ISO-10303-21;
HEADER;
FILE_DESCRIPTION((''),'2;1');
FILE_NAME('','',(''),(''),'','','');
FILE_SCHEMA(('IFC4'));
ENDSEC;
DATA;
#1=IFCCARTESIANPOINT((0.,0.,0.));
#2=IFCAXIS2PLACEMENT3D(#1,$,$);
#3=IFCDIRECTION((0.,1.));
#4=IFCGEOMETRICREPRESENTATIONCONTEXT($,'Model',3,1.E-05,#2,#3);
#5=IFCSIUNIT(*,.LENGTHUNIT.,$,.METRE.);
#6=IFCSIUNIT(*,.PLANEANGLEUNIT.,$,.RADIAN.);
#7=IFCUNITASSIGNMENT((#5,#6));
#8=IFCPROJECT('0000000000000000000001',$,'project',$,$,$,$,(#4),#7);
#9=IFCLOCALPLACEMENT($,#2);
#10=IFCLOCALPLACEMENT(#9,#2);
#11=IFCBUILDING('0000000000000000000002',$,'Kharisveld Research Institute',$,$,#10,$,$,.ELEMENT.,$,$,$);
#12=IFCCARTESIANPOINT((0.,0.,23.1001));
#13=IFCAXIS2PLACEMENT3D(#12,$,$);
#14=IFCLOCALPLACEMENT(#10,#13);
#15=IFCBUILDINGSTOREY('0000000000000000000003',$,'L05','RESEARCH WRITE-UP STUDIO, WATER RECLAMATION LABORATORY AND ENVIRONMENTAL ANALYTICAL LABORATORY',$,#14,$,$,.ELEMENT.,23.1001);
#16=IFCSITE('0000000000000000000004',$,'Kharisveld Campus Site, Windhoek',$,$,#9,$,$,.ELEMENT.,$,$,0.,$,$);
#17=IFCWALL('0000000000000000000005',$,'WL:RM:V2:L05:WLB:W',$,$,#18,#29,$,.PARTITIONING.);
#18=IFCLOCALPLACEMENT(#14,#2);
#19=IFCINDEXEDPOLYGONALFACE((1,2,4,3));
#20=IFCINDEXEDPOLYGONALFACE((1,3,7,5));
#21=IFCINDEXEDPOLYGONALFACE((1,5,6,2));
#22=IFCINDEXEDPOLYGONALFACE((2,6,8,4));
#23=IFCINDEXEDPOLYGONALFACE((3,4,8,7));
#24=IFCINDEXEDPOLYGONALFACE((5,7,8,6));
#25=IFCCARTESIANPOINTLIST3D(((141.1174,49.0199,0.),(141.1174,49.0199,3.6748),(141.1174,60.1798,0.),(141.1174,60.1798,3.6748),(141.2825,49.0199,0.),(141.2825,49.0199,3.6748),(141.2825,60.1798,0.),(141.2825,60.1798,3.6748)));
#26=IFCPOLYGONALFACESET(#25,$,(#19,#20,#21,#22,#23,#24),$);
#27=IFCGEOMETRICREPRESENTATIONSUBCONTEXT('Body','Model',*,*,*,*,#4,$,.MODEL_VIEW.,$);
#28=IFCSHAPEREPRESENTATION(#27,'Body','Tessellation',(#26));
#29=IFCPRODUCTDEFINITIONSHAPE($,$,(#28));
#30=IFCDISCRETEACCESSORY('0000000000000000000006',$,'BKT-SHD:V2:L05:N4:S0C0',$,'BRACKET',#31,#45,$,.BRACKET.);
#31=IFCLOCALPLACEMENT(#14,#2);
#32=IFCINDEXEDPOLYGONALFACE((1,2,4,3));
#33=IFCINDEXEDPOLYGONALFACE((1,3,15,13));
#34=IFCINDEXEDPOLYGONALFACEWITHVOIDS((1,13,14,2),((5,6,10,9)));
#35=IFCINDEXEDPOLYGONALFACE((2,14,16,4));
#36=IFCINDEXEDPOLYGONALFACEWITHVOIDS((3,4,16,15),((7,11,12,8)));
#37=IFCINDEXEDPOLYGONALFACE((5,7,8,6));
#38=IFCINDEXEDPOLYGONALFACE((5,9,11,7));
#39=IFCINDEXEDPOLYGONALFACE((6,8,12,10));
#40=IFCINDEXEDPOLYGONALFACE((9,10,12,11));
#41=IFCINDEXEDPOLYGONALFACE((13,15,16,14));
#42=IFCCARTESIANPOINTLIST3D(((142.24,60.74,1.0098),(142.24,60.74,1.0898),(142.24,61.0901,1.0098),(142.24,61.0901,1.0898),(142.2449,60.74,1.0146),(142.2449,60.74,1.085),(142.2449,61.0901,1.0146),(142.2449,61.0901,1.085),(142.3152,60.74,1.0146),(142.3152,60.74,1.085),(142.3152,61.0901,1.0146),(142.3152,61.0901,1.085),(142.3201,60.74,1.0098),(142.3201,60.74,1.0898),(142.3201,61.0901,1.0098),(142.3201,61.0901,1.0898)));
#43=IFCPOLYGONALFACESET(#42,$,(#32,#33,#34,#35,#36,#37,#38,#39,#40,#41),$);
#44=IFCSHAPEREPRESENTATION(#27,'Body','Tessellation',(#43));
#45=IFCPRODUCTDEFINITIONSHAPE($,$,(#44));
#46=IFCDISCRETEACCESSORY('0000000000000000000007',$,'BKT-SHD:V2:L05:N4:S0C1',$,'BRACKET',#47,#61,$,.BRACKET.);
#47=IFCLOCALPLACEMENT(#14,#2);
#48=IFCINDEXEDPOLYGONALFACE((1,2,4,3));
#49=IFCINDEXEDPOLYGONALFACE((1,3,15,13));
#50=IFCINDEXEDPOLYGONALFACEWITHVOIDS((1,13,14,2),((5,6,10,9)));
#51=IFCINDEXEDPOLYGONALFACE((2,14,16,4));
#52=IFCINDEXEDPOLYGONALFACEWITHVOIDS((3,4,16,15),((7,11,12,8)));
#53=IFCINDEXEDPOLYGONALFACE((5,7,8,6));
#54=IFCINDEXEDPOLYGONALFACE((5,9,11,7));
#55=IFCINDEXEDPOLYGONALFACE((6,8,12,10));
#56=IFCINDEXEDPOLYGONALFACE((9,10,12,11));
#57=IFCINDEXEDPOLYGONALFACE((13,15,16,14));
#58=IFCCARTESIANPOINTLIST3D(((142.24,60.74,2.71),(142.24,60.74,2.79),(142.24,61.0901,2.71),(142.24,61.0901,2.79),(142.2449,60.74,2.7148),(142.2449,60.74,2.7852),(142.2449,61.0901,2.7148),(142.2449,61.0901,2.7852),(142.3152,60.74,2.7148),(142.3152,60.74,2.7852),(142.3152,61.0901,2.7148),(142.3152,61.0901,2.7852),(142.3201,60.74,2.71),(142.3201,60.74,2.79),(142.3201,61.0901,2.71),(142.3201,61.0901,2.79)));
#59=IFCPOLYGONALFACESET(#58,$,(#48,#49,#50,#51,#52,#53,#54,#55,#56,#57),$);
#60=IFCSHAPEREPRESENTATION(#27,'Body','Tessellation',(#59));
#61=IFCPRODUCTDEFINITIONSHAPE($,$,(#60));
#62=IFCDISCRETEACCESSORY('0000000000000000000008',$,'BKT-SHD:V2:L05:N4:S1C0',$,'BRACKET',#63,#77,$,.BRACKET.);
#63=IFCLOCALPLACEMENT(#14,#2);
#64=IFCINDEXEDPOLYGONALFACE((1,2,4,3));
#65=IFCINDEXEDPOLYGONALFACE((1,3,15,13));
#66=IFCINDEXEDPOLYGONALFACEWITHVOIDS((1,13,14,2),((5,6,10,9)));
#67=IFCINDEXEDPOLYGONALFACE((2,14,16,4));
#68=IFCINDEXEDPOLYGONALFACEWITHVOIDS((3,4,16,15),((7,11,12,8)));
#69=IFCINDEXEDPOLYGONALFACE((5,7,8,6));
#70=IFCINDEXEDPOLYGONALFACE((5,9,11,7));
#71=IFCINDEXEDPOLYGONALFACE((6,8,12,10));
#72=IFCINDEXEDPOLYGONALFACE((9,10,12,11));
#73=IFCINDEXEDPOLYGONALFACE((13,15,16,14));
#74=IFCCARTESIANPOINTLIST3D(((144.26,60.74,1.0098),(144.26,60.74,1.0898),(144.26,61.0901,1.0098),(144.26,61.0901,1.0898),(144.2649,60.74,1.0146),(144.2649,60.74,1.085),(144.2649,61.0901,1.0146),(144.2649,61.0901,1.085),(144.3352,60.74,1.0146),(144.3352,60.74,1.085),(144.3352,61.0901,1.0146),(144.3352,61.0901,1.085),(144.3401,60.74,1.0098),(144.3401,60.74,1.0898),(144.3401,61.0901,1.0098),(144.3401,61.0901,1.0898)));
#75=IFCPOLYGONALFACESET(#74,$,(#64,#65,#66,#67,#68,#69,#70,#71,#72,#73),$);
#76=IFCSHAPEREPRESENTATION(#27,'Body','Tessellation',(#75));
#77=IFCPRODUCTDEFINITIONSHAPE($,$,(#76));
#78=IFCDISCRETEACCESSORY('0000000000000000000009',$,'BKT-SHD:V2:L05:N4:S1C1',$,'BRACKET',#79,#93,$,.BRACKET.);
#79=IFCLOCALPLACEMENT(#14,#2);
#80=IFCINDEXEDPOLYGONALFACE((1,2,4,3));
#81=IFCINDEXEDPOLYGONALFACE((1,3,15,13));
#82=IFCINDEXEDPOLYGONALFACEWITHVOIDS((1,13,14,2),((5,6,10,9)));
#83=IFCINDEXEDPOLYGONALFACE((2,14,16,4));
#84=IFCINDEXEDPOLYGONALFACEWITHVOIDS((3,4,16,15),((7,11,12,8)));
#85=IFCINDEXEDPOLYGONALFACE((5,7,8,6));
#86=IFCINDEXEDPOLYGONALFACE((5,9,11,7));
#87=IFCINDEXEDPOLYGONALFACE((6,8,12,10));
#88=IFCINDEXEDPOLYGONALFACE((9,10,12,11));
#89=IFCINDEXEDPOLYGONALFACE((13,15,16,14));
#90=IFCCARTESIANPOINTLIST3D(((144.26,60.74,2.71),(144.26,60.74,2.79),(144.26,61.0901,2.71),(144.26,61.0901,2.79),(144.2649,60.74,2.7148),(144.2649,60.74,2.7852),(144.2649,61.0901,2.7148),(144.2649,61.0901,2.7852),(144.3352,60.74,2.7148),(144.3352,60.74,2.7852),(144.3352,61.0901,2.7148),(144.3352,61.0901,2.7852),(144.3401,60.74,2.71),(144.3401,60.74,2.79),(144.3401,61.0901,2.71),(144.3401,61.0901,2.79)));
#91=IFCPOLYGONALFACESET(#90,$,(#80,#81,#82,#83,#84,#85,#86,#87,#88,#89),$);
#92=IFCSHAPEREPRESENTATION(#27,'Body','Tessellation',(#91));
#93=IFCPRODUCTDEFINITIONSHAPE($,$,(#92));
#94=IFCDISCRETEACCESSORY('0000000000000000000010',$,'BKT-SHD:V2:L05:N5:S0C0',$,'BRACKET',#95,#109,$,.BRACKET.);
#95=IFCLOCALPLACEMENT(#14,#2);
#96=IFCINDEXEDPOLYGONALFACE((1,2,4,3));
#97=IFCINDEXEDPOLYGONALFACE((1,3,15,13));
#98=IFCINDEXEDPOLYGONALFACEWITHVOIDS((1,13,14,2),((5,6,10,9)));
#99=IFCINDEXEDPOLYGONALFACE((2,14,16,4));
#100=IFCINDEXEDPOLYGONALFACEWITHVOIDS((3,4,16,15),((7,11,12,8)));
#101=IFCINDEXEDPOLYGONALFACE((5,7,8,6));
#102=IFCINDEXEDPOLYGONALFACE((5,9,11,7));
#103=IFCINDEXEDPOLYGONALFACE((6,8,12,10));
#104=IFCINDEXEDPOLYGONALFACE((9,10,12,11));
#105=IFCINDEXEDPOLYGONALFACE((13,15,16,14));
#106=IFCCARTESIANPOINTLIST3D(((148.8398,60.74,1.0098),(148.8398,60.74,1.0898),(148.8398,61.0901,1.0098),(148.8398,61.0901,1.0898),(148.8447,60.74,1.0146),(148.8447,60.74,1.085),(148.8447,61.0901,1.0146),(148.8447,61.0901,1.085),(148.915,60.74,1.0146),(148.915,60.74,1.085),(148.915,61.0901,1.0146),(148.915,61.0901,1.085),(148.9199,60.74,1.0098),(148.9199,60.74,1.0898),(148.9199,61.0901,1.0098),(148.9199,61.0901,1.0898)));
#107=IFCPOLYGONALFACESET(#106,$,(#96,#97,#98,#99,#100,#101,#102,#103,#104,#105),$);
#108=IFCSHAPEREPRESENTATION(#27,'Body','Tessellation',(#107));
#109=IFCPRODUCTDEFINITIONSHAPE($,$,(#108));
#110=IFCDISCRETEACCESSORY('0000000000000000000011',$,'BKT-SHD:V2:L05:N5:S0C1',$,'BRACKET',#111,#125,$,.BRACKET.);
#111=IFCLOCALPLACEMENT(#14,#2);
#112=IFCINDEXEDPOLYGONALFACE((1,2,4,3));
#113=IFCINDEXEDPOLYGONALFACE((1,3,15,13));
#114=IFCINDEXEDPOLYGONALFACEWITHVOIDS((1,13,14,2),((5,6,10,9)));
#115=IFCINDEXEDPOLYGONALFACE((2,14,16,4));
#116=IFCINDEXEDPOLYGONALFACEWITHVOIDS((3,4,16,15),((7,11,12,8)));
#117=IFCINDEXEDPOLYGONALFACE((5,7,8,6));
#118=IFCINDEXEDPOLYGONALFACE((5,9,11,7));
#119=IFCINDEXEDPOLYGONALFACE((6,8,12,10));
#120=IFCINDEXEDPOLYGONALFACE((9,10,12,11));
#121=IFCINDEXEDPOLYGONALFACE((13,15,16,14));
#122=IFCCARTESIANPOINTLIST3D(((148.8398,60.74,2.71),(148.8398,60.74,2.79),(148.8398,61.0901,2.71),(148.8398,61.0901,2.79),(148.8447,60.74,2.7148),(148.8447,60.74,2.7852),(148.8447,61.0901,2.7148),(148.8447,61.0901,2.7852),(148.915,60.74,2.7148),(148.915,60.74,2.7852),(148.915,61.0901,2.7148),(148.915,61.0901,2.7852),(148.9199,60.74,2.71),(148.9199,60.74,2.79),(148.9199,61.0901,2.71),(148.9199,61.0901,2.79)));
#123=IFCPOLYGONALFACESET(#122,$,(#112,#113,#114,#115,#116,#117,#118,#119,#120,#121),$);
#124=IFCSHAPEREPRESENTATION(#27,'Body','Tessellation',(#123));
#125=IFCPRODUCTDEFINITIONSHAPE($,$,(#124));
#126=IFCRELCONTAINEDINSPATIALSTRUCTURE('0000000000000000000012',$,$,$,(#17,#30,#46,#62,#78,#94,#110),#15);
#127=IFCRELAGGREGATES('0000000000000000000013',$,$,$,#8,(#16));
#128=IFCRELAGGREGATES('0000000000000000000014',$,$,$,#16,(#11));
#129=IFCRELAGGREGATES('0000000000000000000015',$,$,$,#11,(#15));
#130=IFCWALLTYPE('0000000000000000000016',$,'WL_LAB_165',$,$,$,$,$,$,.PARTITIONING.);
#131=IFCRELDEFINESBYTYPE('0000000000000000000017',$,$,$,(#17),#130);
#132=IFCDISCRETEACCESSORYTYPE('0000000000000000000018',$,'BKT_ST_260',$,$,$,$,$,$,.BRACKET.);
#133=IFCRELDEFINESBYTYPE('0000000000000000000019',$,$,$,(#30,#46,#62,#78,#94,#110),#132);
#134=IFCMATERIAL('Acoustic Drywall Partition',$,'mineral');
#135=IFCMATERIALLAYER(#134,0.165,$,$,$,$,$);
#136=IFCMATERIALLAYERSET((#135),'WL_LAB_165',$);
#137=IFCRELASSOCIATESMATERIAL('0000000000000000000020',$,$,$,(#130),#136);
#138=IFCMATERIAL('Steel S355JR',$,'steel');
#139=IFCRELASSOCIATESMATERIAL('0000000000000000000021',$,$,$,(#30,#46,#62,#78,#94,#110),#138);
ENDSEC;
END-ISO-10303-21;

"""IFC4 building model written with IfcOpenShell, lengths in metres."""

from ifc_helpers import new_model, si_unit, direction, frame, frame_2d, origin, origin_2d, place, context, subcontext, project, spatial, rectangle, hollow_rectangle, extrude, material, layer, layer_set, type_object, element, save


model = new_model("IFC4")

# Units and contexts
model_context = context("Model", 3, precision=1e-05, world=origin(), true_north=direction((0.0, 1.0)))
body_context = subcontext(model_context, "Body", "Model", "MODEL_VIEW")
ifc_project = project(units=[si_unit("LENGTHUNIT", "METRE"), si_unit("PLANEANGLEUNIT", "RADIAN")], contexts=[model_context])

# Site, building, storey
site_placement = place(None, origin())
site = spatial("IfcSite", under=ifc_project, at=site_placement, Name="Kharisveld Campus Site, Windhoek", CompositionType="ELEMENT", RefElevation=0.0)
building_placement = place(site_placement, origin())
building = spatial("IfcBuilding", under=site, at=building_placement, Name="Kharisveld Research Institute", CompositionType="ELEMENT")
storey_placement = place(building_placement, frame((0.0, 0.0, 23.1001)))
storey = spatial("IfcBuildingStorey", under=building, at=storey_placement, Name="L05", Description="RESEARCH WRITE-UP STUDIO, WATER RECLAMATION LABORATORY AND ENVIRONMENTAL ANALYTICAL LABORATORY", CompositionType="ELEMENT", Elevation=23.1001)

# Wall
ifc_material_1 = material(Name="Acoustic Drywall Partition", Category="mineral")
ifc_layer_1 = layer(ifc_material_1, 0.165)
ifc_layer_set_1 = layer_set([ifc_layer_1], Name="WL_LAB_165")
wall_type = type_object("IfcWallType", Name="WL_LAB_165", PredefinedType="PARTITIONING", material=ifc_layer_set_1)
wall_placement = place(storey_placement, frame((141.2, 60.1799, 0.0), z_axis=(0.0, 0.0, 1.0), x_axis=(0.0, -1.0, 0.0)))
element("IfcWall", 1, at=wall_placement, inside=storey, type_object=wall_type, Name="WL:RM:V2:L05:WLB:W", PredefinedType="PARTITIONING", context=body_context, shape_type="SweptSolid", body=[
    extrude(rectangle(XDim=11.1599, YDim=0.165, at=frame_2d((5.5801, 0.0))), origin(), (0.0, 0.0, 1.0), 3.6748),
])

# Discrete accessories
ifc_material_2 = material(Name="Steel S355JR", Category="steel")
discrete_accessory_type = type_object("IfcDiscreteAccessoryType", Name="BKT_ST_260", PredefinedType="BRACKET")
for number, where, z_axis, x_axis, name in (
    (2, (142.28, 60.74, 1.0498), (0.0, 1.0, 0.0), (-1.0, 0.0, 0.0), "BKT-SHD:V2:L05:N4:S0C0"),
    (3, (142.28, 60.74, 2.75), (0.0, 1.0, 0.0), (-1.0, 0.0, 0.0), "BKT-SHD:V2:L05:N4:S0C1"),
    (4, (144.3, 60.74, 1.0498), (0.0, 1.0, 0.0), (-1.0, 0.0, 0.0), "BKT-SHD:V2:L05:N4:S1C0"),
    (5, (144.3, 60.74, 2.75), (0.0, 1.0, 0.0), (-1.0, 0.0, 0.0), "BKT-SHD:V2:L05:N4:S1C1"),
    (6, (148.8799, 60.74, 1.0498), (0.0, 1.0, 0.0), (-1.0, 0.0, 0.0), "BKT-SHD:V2:L05:N5:S0C0"),
    (7, (148.8799, 60.74, 2.75), (0.0, 1.0, 0.0), (-1.0, 0.0, 0.0), "BKT-SHD:V2:L05:N5:S0C1"),
):
    element("IfcDiscreteAccessory", number, at=place(storey_placement, frame(where, z_axis=z_axis, x_axis=x_axis)), inside=storey, type_object=discrete_accessory_type, material=ifc_material_2, Name=name, ObjectType="BRACKET", PredefinedType="BRACKET", context=body_context, shape_type="SweptSolid", body=[
        extrude(hollow_rectangle(XDim=0.0801, YDim=0.0801, WallThickness=0.0049, at=origin_2d()), origin(), (0.0, 0.0, 1.0), 0.3501),
    ])

save(model, "model.ifc")
